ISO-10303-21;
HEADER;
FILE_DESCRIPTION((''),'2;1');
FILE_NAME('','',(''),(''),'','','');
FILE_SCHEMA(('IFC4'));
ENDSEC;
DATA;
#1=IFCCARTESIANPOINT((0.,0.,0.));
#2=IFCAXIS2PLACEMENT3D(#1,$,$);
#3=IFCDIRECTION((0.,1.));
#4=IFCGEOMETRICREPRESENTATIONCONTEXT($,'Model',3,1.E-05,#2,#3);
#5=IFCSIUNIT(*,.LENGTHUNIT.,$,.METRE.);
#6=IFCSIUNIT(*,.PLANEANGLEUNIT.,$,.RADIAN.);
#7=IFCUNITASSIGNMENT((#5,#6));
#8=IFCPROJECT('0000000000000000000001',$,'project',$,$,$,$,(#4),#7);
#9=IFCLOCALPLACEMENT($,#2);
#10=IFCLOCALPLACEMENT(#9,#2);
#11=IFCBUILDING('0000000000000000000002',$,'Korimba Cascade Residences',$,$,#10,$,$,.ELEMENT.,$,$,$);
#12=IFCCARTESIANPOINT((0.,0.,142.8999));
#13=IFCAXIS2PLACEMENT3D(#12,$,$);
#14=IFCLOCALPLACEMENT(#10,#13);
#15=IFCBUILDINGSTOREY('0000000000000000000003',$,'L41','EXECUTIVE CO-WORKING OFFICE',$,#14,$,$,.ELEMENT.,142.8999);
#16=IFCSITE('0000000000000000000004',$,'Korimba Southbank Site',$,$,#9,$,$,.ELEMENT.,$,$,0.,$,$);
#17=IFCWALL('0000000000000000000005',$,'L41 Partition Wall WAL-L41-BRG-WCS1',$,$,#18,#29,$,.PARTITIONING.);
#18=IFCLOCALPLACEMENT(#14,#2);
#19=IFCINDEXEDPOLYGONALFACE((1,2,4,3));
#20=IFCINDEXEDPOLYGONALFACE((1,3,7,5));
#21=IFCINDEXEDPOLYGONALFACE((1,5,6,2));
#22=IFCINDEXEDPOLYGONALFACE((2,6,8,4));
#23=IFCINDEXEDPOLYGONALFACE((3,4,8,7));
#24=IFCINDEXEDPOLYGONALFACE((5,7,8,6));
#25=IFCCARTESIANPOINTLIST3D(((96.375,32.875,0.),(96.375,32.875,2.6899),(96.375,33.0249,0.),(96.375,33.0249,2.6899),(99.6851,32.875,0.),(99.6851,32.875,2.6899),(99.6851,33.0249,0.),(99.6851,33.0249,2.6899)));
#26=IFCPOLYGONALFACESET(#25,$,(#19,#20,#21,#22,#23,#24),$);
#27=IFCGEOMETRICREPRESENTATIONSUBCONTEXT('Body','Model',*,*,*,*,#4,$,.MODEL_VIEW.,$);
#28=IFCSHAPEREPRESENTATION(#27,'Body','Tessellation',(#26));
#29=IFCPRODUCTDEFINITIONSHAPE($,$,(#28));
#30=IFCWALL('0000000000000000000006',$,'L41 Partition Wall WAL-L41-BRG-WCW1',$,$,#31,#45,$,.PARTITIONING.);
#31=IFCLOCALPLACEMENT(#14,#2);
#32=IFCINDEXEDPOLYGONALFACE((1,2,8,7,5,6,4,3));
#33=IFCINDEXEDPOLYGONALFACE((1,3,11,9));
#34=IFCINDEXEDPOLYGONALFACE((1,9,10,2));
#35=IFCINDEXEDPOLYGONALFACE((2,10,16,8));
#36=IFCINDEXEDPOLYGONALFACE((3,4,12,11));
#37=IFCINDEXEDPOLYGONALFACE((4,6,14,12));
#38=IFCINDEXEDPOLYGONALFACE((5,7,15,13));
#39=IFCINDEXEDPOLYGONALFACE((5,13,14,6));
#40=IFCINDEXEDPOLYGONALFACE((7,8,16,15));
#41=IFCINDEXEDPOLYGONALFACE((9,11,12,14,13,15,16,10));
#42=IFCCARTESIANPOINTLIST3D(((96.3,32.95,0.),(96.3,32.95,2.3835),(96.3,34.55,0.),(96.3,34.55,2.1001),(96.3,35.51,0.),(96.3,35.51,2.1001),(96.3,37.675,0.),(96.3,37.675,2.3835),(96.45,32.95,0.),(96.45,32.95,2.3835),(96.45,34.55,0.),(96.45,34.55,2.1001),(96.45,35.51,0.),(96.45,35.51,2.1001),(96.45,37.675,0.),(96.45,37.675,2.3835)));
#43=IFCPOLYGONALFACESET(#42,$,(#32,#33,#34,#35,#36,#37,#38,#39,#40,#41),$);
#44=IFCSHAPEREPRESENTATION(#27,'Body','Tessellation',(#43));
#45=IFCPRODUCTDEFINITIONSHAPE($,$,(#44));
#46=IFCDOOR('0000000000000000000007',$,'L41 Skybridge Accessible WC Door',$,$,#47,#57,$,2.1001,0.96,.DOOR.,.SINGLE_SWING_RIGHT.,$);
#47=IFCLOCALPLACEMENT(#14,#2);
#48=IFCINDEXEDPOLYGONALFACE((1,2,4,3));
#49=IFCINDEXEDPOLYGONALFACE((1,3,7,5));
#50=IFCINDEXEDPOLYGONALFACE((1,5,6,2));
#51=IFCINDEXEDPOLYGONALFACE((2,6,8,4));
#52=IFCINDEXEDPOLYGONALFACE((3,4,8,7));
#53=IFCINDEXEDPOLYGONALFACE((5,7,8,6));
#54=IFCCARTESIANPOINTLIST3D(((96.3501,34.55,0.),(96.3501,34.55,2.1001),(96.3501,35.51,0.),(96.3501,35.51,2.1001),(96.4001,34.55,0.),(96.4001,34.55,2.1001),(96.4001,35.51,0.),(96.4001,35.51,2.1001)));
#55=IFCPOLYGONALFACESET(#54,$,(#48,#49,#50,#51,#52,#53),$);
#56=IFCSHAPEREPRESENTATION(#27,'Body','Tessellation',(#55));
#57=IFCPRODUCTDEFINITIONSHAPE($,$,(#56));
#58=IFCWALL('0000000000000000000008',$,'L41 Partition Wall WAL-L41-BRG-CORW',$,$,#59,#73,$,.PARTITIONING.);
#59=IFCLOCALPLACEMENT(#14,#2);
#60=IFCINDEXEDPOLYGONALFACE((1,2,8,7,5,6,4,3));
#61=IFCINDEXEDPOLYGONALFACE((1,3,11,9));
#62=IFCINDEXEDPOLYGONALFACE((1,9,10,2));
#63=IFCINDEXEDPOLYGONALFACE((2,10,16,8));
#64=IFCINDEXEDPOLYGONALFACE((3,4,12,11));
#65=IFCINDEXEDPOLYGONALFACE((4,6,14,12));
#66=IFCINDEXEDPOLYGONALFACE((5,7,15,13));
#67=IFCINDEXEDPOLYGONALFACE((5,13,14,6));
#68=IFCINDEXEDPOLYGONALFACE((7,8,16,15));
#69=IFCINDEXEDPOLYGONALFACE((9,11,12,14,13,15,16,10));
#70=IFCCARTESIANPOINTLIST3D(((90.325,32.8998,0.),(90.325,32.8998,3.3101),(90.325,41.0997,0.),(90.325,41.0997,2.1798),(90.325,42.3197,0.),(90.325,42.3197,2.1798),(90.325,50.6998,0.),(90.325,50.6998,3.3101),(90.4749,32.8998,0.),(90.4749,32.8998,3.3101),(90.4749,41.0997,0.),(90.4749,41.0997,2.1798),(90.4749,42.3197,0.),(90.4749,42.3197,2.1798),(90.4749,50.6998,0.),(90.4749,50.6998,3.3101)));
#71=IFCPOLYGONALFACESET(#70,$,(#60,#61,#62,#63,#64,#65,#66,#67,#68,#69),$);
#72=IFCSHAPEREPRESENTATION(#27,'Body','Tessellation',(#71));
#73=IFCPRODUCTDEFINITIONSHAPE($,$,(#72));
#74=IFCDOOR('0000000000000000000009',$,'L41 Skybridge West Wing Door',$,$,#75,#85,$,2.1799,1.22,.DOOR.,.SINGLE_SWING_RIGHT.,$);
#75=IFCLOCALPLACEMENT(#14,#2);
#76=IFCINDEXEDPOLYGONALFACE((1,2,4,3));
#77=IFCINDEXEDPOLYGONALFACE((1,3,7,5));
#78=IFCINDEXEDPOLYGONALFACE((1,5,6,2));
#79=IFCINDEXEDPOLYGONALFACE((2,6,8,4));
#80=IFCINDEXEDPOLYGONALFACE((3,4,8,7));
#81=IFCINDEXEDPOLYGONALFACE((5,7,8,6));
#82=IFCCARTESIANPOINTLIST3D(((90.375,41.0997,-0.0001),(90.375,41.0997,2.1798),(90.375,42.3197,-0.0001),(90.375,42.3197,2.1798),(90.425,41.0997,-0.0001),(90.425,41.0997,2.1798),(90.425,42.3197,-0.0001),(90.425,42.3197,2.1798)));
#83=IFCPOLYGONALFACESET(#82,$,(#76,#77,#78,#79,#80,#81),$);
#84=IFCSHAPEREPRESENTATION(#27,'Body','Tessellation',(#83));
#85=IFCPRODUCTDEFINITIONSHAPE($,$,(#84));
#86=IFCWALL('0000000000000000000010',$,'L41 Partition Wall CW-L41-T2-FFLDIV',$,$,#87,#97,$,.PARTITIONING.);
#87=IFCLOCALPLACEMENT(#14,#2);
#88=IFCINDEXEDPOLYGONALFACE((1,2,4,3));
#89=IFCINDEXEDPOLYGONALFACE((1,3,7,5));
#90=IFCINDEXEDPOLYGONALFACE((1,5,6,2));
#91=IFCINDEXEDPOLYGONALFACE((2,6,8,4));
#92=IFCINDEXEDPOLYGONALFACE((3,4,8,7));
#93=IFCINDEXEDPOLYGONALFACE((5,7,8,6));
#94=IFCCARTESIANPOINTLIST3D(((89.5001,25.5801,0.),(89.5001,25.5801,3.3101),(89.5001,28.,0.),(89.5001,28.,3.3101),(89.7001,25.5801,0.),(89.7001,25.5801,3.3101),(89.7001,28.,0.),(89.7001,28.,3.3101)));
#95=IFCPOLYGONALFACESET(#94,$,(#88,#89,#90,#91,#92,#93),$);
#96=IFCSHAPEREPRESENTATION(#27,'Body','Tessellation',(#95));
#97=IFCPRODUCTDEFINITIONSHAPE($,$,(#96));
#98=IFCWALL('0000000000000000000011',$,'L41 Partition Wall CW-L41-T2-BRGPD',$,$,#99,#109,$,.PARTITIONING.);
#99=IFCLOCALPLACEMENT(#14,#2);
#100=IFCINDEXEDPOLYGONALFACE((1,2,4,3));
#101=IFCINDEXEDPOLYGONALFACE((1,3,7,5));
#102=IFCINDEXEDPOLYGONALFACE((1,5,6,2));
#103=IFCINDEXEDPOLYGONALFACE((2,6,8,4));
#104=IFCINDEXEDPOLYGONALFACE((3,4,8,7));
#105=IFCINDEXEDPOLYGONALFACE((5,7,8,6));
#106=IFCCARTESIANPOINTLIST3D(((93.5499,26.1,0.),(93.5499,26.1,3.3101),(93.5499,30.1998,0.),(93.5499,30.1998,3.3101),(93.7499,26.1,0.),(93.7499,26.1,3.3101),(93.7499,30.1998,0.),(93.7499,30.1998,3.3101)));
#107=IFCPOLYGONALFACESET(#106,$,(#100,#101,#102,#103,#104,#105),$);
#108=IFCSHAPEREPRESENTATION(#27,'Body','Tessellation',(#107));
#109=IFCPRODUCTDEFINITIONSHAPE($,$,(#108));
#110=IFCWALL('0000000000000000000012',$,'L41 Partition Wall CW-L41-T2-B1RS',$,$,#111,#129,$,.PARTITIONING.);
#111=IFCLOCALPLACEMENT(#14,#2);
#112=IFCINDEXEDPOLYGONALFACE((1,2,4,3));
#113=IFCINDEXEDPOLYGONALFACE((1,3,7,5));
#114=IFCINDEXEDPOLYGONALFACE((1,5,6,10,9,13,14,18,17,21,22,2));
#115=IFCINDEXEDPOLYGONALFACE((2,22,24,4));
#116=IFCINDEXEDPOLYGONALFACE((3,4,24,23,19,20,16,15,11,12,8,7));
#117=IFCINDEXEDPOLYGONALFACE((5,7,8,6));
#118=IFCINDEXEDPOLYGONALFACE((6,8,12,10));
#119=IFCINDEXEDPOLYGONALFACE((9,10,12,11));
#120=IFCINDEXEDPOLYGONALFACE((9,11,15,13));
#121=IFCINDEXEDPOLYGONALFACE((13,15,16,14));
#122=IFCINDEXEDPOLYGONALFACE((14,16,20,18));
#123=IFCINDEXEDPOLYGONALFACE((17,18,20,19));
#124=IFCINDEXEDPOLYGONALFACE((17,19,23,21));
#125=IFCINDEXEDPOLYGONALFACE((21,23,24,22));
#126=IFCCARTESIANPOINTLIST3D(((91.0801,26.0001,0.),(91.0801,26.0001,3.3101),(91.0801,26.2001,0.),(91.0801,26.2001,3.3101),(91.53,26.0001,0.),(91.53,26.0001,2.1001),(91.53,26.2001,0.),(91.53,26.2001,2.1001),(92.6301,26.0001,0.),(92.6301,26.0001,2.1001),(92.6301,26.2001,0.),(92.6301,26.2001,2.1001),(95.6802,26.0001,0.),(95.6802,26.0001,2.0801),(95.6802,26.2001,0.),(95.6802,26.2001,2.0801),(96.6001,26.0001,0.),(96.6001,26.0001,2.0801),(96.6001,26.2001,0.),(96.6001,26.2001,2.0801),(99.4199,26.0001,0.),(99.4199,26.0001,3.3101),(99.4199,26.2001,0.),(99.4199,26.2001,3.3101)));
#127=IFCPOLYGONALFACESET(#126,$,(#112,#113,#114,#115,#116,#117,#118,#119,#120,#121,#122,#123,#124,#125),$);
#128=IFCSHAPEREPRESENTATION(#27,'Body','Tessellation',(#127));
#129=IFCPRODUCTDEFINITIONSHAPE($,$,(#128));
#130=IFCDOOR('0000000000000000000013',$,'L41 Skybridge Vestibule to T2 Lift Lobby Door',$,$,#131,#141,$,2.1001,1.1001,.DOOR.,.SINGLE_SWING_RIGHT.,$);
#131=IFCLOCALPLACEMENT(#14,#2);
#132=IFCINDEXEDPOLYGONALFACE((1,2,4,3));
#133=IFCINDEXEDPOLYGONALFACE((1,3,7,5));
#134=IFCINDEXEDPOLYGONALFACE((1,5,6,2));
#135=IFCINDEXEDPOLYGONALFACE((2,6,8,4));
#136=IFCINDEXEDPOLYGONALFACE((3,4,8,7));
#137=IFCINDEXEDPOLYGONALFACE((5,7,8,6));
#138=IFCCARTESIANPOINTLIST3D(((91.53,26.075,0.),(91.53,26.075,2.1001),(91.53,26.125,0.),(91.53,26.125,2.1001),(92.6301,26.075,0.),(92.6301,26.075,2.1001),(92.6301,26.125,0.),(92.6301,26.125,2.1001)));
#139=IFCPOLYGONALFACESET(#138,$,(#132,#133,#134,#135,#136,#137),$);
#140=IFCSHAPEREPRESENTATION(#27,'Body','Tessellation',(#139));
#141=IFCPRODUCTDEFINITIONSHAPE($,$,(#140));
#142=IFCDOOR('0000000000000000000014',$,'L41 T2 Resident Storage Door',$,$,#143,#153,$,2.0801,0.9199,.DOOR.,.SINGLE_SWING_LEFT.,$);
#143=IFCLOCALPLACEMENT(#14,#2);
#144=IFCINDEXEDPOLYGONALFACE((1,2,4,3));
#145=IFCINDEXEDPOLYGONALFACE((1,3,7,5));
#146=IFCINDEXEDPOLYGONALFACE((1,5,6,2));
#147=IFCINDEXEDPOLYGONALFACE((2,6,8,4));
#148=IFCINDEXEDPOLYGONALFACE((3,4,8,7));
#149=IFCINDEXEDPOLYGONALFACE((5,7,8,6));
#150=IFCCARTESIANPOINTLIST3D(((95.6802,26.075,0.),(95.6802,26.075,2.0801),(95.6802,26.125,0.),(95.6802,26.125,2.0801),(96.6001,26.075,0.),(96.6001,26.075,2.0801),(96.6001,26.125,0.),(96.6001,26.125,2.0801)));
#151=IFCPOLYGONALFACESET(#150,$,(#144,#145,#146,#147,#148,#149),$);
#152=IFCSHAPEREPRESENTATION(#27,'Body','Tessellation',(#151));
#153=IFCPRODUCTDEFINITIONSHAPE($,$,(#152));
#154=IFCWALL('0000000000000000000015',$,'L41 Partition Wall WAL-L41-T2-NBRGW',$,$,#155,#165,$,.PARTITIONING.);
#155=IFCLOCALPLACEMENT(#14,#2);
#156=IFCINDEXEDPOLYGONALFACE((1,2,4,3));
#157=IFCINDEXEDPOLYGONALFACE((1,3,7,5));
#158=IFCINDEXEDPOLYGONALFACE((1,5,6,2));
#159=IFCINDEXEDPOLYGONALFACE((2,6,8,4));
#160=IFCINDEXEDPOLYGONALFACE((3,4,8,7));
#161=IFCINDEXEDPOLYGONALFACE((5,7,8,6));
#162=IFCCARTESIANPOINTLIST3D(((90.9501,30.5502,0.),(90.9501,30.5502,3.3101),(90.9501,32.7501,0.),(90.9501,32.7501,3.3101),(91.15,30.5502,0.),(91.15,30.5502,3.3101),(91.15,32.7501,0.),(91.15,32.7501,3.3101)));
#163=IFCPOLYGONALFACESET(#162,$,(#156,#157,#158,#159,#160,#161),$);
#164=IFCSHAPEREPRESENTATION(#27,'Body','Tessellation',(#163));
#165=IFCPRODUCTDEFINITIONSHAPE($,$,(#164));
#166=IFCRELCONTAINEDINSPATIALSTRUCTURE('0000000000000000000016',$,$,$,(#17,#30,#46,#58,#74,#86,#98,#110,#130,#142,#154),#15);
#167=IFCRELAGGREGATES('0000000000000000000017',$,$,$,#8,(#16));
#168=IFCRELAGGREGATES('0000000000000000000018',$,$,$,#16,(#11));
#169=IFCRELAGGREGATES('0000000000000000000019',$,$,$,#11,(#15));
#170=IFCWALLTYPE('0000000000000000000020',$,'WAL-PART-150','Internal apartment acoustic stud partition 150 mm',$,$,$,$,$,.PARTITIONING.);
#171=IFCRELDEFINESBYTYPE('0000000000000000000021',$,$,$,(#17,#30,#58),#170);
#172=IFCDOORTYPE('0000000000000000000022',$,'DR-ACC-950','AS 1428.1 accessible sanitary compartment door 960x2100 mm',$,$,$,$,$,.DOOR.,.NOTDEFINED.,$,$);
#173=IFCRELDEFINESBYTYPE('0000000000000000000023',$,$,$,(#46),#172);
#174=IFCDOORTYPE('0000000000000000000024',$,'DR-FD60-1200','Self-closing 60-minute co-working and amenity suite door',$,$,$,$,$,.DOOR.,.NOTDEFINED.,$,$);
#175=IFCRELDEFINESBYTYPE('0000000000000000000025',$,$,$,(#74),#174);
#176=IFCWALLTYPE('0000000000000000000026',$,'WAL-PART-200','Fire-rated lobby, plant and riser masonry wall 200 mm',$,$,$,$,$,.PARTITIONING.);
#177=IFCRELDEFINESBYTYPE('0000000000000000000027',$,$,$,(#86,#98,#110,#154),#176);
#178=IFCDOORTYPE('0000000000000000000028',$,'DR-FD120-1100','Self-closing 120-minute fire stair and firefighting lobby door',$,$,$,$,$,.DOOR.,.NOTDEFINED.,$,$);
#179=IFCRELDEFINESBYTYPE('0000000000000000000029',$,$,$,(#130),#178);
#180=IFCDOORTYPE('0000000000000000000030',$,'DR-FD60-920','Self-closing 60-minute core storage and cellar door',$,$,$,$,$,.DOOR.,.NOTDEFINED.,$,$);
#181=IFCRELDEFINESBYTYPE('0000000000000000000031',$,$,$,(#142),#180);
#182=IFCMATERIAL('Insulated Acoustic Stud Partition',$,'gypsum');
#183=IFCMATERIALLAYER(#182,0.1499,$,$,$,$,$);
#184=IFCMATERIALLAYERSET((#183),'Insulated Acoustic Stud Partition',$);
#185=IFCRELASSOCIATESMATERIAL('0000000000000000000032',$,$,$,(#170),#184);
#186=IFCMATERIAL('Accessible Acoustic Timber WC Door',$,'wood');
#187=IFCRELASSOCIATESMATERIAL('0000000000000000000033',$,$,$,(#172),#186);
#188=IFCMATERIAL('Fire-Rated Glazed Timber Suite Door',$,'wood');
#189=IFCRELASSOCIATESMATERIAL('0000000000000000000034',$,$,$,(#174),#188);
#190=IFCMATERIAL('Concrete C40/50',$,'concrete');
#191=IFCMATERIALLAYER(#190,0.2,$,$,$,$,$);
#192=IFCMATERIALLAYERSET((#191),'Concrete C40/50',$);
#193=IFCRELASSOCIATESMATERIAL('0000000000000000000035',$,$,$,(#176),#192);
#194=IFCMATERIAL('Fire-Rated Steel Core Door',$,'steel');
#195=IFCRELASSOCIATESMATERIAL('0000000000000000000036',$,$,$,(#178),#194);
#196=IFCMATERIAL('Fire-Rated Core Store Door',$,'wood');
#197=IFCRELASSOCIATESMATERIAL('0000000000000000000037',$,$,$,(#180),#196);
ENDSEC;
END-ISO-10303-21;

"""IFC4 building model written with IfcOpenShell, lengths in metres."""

from ifc_helpers import new_model, si_unit, direction, frame, frame_2d, origin, place, context, subcontext, project, spatial, rectangle, extrude, material, layer, layer_set, type_object, element, fill, save


model = new_model("IFC4")

# Units and contexts
model_context = context("Model", 3, precision=1e-05, world=origin(), true_north=direction((0.0, 1.0)))
body_context = subcontext(model_context, "Body", "Model", "MODEL_VIEW")
ifc_project = project(units=[si_unit("LENGTHUNIT", "METRE"), si_unit("PLANEANGLEUNIT", "RADIAN")], contexts=[model_context])

# Site, building, storey
site_placement = place(None, origin())
site = spatial("IfcSite", under=ifc_project, at=site_placement, Name="Korimba Southbank Site", CompositionType="ELEMENT", RefElevation=0.0)
building_placement = place(site_placement, origin())
building = spatial("IfcBuilding", under=site, at=building_placement, Name="Korimba Cascade Residences", CompositionType="ELEMENT")
storey_placement = place(building_placement, frame((0.0, 0.0, 142.8999)))
storey = spatial("IfcBuildingStorey", under=building, at=storey_placement, Name="L41", Description="EXECUTIVE CO-WORKING OFFICE", CompositionType="ELEMENT", Elevation=142.8999)

# Wall
ifc_material_1 = material(Name="Insulated Acoustic Stud Partition", Category="gypsum")
ifc_layer_1 = layer(ifc_material_1, 0.1499)
ifc_layer_set_1 = layer_set([ifc_layer_1], Name="Insulated Acoustic Stud Partition")
wall_type_1 = type_object("IfcWallType", Name="WAL-PART-150", Description="Internal apartment acoustic stud partition 150 mm", PredefinedType="PARTITIONING", material=ifc_layer_set_1)
wall_1_placement = place(storey_placement, frame((96.375, 32.95, 0.0), z_axis=(0.0, 0.0, 1.0), x_axis=(1.0, 0.0, 0.0)))
element("IfcWall", 1, at=wall_1_placement, inside=storey, type_object=wall_type_1, Name="L41 Partition Wall WAL-L41-BRG-WCS1", PredefinedType="PARTITIONING", context=body_context, shape_type="SweptSolid", body=[
    extrude(rectangle(XDim=3.3101, YDim=0.1499, at=frame_2d((1.655, 0.0))), origin(), (0.0, 0.0, 1.0), 2.6899),
])

# Walls, openings, doors
wall_2_placement = place(storey_placement, frame((96.375, 32.95, 0.0), z_axis=(0.0, 0.0, 1.0), x_axis=(0.0, 1.0, 0.0)))
wall_2 = element("IfcWall", 2, at=wall_2_placement, inside=storey, type_object=wall_type_1, Name="L41 Partition Wall WAL-L41-BRG-WCW1", PredefinedType="PARTITIONING", context=body_context, shape_type="SweptSolid", body=[
    extrude(rectangle(XDim=4.7251, YDim=0.1499, at=frame_2d((2.3625, 0.0))), origin(), (0.0, 0.0, 1.0), 2.3835),
])
opening_1_placement = place(wall_2_placement, frame((1.6001, 0.0, 0.0)))
opening_1 = element("IfcOpeningElement", 3, at=opening_1_placement, cuts=wall_2, PredefinedType="OPENING", context=body_context, shape_type="SweptSolid", body=[
    extrude(rectangle(XDim=0.96, YDim=2.1001, at=frame_2d((0.48, 1.05))), frame((0.0, 0.085, 0.0), z_axis=(0.0, -1.0, 0.0), x_axis=(1.0, 0.0, 0.0)), (0.0, 0.0, 1.0), 0.1699),
])
ifc_material_2 = material(Name="Accessible Acoustic Timber WC Door", Category="wood")
door_type_1 = type_object("IfcDoorType", Name="DR-ACC-950", Description="AS 1428.1 accessible sanitary compartment door 960x2100 mm", OperationType="NOTDEFINED", PredefinedType="DOOR", material=ifc_material_2)
door_1_placement = place(opening_1_placement, origin())
door_1 = element("IfcDoor", 4, at=door_1_placement, inside=storey, type_object=door_type_1, Name="L41 Skybridge Accessible WC Door", OperationType="SINGLE_SWING_RIGHT", OverallHeight=2.1001, OverallWidth=0.96, PredefinedType="DOOR", context=body_context, shape_type="SweptSolid", body=[
    extrude(rectangle(XDim=0.96, YDim=2.1001, at=frame_2d((0.48, 1.05))), frame((0.0, 0.0249, 0.0), z_axis=(0.0, -1.0, 0.0), x_axis=(1.0, 0.0, 0.0)), (0.0, 0.0, 1.0), 0.05),
])
fill(opening_1, door_1)
wall_3_placement = place(storey_placement, frame((90.3999, 32.8999, 0.0), z_axis=(0.0, 0.0, 1.0), x_axis=(0.0, 1.0, 0.0)))
wall_3 = element("IfcWall", 5, at=wall_3_placement, inside=storey, type_object=wall_type_1, Name="L41 Partition Wall WAL-L41-BRG-CORW", PredefinedType="PARTITIONING", context=body_context, shape_type="SweptSolid", body=[
    extrude(rectangle(XDim=17.8, YDim=0.1499, at=frame_2d((8.8999, 0.0))), origin(), (0.0, 0.0, 1.0), 3.3101),
])
opening_2_placement = place(wall_3_placement, frame((8.2, 0.0, 0.0)))
opening_2 = element("IfcOpeningElement", 6, at=opening_2_placement, cuts=wall_3, PredefinedType="OPENING", context=body_context, shape_type="SweptSolid", body=[
    extrude(rectangle(XDim=1.22, YDim=2.1799, at=frame_2d((0.6099, 1.0898))), frame((0.0, 0.085, 0.0), z_axis=(0.0, -1.0, 0.0), x_axis=(1.0, 0.0, 0.0)), (0.0, 0.0, 1.0), 0.1699),
])
ifc_material_3 = material(Name="Fire-Rated Glazed Timber Suite Door", Category="wood")
door_type_2 = type_object("IfcDoorType", Name="DR-FD60-1200", Description="Self-closing 60-minute co-working and amenity suite door", OperationType="NOTDEFINED", PredefinedType="DOOR", material=ifc_material_3)
door_2_placement = place(opening_2_placement, origin())
door_2 = element("IfcDoor", 7, at=door_2_placement, inside=storey, type_object=door_type_2, Name="L41 Skybridge West Wing Door", OperationType="SINGLE_SWING_RIGHT", OverallHeight=2.1799, OverallWidth=1.22, PredefinedType="DOOR", context=body_context, shape_type="SweptSolid", body=[
    extrude(rectangle(XDim=1.22, YDim=2.1799, at=frame_2d((0.6099, 1.0898))), frame((0.0, 0.0249, 0.0), z_axis=(0.0, -1.0, 0.0), x_axis=(1.0, 0.0, 0.0)), (0.0, 0.0, 1.0), 0.05),
])
fill(opening_2, door_2)

# Walls
ifc_material_4 = material(Name="Concrete C40/50", Category="concrete")
ifc_layer_2 = layer(ifc_material_4, 0.2)
ifc_layer_set_2 = layer_set([ifc_layer_2], Name="Concrete C40/50")
wall_type_2 = type_object("IfcWallType", Name="WAL-PART-200", Description="Fire-rated lobby, plant and riser masonry wall 200 mm", PredefinedType="PARTITIONING", material=ifc_layer_set_2)
wall_4_placement = place(storey_placement, frame((89.6001, 25.5801, 0.0), z_axis=(0.0, 0.0, 1.0), x_axis=(0.0, 1.0, 0.0)))
element("IfcWall", 8, at=wall_4_placement, inside=storey, type_object=wall_type_2, Name="L41 Partition Wall CW-L41-T2-FFLDIV", PredefinedType="PARTITIONING", context=body_context, shape_type="SweptSolid", body=[
    extrude(rectangle(XDim=2.4199, YDim=0.2, at=frame_2d((1.21, 0.0))), origin(), (0.0, 0.0, 1.0), 3.3101),
])
wall_5_placement = place(storey_placement, frame((93.6499, 26.1001, 0.0), z_axis=(0.0, 0.0, 1.0), x_axis=(0.0, 1.0, 0.0)))
element("IfcWall", 9, at=wall_5_placement, inside=storey, type_object=wall_type_2, Name="L41 Partition Wall CW-L41-T2-BRGPD", PredefinedType="PARTITIONING", context=body_context, shape_type="SweptSolid", body=[
    extrude(rectangle(XDim=4.0999, YDim=0.2, at=frame_2d((2.0498, 0.0))), origin(), (0.0, 0.0, 1.0), 3.3101),
])

# Wall, openings, doors
wall_6_placement = place(storey_placement, frame((91.0801, 26.1001, 0.0), z_axis=(0.0, 0.0, 1.0), x_axis=(1.0, 0.0, 0.0)))
wall_6 = element("IfcWall", 10, at=wall_6_placement, inside=storey, type_object=wall_type_2, Name="L41 Partition Wall CW-L41-T2-B1RS", PredefinedType="PARTITIONING", context=body_context, shape_type="SweptSolid", body=[
    extrude(rectangle(XDim=8.3398, YDim=0.2, at=frame_2d((4.1699, 0.0))), origin(), (0.0, 0.0, 1.0), 3.3101),
])
opening_3_placement = place(wall_6_placement, frame((0.45, 0.0, 0.0)))
opening_3 = element("IfcOpeningElement", 11, at=opening_3_placement, cuts=wall_6, PredefinedType="OPENING", context=body_context, shape_type="SweptSolid", body=[
    extrude(rectangle(XDim=1.1001, YDim=2.1001, at=frame_2d((0.55, 1.05))), frame((0.0, 0.1099, 0.0), z_axis=(0.0, -1.0, 0.0), x_axis=(1.0, 0.0, 0.0)), (0.0, 0.0, 1.0), 0.22),
])
opening_4_placement = place(wall_6_placement, frame((4.6001, 0.0, 0.0)))
opening_4 = element("IfcOpeningElement", 12, at=opening_4_placement, cuts=wall_6, PredefinedType="OPENING", context=body_context, shape_type="SweptSolid", body=[
    extrude(rectangle(XDim=0.9199, YDim=2.0801, at=frame_2d((0.46, 1.04))), frame((0.0, 0.1099, 0.0), z_axis=(0.0, -1.0, 0.0), x_axis=(1.0, 0.0, 0.0)), (0.0, 0.0, 1.0), 0.22),
])
ifc_material_5 = material(Name="Fire-Rated Steel Core Door", Category="steel")
door_type_3 = type_object("IfcDoorType", Name="DR-FD120-1100", Description="Self-closing 120-minute fire stair and firefighting lobby door", OperationType="NOTDEFINED", PredefinedType="DOOR", material=ifc_material_5)
door_3_placement = place(opening_3_placement, origin())
door_3 = element("IfcDoor", 13, at=door_3_placement, inside=storey, type_object=door_type_3, Name="L41 Skybridge Vestibule to T2 Lift Lobby Door", OperationType="SINGLE_SWING_RIGHT", OverallHeight=2.1001, OverallWidth=1.1001, PredefinedType="DOOR", context=body_context, shape_type="SweptSolid", body=[
    extrude(rectangle(XDim=1.1001, YDim=2.1001, at=frame_2d((0.55, 1.05))), frame((0.0, 0.0249, 0.0), z_axis=(0.0, -1.0, 0.0), x_axis=(1.0, 0.0, 0.0)), (0.0, 0.0, 1.0), 0.05),
])
fill(opening_3, door_3)
ifc_material_6 = material(Name="Fire-Rated Core Store Door", Category="wood")
door_type_4 = type_object("IfcDoorType", Name="DR-FD60-920", Description="Self-closing 60-minute core storage and cellar door", OperationType="NOTDEFINED", PredefinedType="DOOR", material=ifc_material_6)
door_4_placement = place(opening_4_placement, origin())
door_4 = element("IfcDoor", 14, at=door_4_placement, inside=storey, type_object=door_type_4, Name="L41 T2 Resident Storage Door", OperationType="SINGLE_SWING_LEFT", OverallHeight=2.0801, OverallWidth=0.9199, PredefinedType="DOOR", context=body_context, shape_type="SweptSolid", body=[
    extrude(rectangle(XDim=0.9199, YDim=2.0801, at=frame_2d((0.46, 1.04))), frame((0.0, 0.0249, 0.0), z_axis=(0.0, -1.0, 0.0), x_axis=(1.0, 0.0, 0.0)), (0.0, 0.0, 1.0), 0.05),
])
fill(opening_4, door_4)

# Wall
wall_7_placement = place(storey_placement, frame((91.05, 30.55, 0.0), z_axis=(0.0, 0.0, 1.0), x_axis=(0.0, 1.0, 0.0)))
element("IfcWall", 15, at=wall_7_placement, inside=storey, type_object=wall_type_2, Name="L41 Partition Wall WAL-L41-T2-NBRGW", PredefinedType="PARTITIONING", context=body_context, shape_type="SweptSolid", body=[
    extrude(rectangle(XDim=2.2, YDim=0.2, at=frame_2d((1.1001, 0.0))), origin(), (0.0, 0.0, 1.0), 3.3101),
])

save(model, "model.ifc")
